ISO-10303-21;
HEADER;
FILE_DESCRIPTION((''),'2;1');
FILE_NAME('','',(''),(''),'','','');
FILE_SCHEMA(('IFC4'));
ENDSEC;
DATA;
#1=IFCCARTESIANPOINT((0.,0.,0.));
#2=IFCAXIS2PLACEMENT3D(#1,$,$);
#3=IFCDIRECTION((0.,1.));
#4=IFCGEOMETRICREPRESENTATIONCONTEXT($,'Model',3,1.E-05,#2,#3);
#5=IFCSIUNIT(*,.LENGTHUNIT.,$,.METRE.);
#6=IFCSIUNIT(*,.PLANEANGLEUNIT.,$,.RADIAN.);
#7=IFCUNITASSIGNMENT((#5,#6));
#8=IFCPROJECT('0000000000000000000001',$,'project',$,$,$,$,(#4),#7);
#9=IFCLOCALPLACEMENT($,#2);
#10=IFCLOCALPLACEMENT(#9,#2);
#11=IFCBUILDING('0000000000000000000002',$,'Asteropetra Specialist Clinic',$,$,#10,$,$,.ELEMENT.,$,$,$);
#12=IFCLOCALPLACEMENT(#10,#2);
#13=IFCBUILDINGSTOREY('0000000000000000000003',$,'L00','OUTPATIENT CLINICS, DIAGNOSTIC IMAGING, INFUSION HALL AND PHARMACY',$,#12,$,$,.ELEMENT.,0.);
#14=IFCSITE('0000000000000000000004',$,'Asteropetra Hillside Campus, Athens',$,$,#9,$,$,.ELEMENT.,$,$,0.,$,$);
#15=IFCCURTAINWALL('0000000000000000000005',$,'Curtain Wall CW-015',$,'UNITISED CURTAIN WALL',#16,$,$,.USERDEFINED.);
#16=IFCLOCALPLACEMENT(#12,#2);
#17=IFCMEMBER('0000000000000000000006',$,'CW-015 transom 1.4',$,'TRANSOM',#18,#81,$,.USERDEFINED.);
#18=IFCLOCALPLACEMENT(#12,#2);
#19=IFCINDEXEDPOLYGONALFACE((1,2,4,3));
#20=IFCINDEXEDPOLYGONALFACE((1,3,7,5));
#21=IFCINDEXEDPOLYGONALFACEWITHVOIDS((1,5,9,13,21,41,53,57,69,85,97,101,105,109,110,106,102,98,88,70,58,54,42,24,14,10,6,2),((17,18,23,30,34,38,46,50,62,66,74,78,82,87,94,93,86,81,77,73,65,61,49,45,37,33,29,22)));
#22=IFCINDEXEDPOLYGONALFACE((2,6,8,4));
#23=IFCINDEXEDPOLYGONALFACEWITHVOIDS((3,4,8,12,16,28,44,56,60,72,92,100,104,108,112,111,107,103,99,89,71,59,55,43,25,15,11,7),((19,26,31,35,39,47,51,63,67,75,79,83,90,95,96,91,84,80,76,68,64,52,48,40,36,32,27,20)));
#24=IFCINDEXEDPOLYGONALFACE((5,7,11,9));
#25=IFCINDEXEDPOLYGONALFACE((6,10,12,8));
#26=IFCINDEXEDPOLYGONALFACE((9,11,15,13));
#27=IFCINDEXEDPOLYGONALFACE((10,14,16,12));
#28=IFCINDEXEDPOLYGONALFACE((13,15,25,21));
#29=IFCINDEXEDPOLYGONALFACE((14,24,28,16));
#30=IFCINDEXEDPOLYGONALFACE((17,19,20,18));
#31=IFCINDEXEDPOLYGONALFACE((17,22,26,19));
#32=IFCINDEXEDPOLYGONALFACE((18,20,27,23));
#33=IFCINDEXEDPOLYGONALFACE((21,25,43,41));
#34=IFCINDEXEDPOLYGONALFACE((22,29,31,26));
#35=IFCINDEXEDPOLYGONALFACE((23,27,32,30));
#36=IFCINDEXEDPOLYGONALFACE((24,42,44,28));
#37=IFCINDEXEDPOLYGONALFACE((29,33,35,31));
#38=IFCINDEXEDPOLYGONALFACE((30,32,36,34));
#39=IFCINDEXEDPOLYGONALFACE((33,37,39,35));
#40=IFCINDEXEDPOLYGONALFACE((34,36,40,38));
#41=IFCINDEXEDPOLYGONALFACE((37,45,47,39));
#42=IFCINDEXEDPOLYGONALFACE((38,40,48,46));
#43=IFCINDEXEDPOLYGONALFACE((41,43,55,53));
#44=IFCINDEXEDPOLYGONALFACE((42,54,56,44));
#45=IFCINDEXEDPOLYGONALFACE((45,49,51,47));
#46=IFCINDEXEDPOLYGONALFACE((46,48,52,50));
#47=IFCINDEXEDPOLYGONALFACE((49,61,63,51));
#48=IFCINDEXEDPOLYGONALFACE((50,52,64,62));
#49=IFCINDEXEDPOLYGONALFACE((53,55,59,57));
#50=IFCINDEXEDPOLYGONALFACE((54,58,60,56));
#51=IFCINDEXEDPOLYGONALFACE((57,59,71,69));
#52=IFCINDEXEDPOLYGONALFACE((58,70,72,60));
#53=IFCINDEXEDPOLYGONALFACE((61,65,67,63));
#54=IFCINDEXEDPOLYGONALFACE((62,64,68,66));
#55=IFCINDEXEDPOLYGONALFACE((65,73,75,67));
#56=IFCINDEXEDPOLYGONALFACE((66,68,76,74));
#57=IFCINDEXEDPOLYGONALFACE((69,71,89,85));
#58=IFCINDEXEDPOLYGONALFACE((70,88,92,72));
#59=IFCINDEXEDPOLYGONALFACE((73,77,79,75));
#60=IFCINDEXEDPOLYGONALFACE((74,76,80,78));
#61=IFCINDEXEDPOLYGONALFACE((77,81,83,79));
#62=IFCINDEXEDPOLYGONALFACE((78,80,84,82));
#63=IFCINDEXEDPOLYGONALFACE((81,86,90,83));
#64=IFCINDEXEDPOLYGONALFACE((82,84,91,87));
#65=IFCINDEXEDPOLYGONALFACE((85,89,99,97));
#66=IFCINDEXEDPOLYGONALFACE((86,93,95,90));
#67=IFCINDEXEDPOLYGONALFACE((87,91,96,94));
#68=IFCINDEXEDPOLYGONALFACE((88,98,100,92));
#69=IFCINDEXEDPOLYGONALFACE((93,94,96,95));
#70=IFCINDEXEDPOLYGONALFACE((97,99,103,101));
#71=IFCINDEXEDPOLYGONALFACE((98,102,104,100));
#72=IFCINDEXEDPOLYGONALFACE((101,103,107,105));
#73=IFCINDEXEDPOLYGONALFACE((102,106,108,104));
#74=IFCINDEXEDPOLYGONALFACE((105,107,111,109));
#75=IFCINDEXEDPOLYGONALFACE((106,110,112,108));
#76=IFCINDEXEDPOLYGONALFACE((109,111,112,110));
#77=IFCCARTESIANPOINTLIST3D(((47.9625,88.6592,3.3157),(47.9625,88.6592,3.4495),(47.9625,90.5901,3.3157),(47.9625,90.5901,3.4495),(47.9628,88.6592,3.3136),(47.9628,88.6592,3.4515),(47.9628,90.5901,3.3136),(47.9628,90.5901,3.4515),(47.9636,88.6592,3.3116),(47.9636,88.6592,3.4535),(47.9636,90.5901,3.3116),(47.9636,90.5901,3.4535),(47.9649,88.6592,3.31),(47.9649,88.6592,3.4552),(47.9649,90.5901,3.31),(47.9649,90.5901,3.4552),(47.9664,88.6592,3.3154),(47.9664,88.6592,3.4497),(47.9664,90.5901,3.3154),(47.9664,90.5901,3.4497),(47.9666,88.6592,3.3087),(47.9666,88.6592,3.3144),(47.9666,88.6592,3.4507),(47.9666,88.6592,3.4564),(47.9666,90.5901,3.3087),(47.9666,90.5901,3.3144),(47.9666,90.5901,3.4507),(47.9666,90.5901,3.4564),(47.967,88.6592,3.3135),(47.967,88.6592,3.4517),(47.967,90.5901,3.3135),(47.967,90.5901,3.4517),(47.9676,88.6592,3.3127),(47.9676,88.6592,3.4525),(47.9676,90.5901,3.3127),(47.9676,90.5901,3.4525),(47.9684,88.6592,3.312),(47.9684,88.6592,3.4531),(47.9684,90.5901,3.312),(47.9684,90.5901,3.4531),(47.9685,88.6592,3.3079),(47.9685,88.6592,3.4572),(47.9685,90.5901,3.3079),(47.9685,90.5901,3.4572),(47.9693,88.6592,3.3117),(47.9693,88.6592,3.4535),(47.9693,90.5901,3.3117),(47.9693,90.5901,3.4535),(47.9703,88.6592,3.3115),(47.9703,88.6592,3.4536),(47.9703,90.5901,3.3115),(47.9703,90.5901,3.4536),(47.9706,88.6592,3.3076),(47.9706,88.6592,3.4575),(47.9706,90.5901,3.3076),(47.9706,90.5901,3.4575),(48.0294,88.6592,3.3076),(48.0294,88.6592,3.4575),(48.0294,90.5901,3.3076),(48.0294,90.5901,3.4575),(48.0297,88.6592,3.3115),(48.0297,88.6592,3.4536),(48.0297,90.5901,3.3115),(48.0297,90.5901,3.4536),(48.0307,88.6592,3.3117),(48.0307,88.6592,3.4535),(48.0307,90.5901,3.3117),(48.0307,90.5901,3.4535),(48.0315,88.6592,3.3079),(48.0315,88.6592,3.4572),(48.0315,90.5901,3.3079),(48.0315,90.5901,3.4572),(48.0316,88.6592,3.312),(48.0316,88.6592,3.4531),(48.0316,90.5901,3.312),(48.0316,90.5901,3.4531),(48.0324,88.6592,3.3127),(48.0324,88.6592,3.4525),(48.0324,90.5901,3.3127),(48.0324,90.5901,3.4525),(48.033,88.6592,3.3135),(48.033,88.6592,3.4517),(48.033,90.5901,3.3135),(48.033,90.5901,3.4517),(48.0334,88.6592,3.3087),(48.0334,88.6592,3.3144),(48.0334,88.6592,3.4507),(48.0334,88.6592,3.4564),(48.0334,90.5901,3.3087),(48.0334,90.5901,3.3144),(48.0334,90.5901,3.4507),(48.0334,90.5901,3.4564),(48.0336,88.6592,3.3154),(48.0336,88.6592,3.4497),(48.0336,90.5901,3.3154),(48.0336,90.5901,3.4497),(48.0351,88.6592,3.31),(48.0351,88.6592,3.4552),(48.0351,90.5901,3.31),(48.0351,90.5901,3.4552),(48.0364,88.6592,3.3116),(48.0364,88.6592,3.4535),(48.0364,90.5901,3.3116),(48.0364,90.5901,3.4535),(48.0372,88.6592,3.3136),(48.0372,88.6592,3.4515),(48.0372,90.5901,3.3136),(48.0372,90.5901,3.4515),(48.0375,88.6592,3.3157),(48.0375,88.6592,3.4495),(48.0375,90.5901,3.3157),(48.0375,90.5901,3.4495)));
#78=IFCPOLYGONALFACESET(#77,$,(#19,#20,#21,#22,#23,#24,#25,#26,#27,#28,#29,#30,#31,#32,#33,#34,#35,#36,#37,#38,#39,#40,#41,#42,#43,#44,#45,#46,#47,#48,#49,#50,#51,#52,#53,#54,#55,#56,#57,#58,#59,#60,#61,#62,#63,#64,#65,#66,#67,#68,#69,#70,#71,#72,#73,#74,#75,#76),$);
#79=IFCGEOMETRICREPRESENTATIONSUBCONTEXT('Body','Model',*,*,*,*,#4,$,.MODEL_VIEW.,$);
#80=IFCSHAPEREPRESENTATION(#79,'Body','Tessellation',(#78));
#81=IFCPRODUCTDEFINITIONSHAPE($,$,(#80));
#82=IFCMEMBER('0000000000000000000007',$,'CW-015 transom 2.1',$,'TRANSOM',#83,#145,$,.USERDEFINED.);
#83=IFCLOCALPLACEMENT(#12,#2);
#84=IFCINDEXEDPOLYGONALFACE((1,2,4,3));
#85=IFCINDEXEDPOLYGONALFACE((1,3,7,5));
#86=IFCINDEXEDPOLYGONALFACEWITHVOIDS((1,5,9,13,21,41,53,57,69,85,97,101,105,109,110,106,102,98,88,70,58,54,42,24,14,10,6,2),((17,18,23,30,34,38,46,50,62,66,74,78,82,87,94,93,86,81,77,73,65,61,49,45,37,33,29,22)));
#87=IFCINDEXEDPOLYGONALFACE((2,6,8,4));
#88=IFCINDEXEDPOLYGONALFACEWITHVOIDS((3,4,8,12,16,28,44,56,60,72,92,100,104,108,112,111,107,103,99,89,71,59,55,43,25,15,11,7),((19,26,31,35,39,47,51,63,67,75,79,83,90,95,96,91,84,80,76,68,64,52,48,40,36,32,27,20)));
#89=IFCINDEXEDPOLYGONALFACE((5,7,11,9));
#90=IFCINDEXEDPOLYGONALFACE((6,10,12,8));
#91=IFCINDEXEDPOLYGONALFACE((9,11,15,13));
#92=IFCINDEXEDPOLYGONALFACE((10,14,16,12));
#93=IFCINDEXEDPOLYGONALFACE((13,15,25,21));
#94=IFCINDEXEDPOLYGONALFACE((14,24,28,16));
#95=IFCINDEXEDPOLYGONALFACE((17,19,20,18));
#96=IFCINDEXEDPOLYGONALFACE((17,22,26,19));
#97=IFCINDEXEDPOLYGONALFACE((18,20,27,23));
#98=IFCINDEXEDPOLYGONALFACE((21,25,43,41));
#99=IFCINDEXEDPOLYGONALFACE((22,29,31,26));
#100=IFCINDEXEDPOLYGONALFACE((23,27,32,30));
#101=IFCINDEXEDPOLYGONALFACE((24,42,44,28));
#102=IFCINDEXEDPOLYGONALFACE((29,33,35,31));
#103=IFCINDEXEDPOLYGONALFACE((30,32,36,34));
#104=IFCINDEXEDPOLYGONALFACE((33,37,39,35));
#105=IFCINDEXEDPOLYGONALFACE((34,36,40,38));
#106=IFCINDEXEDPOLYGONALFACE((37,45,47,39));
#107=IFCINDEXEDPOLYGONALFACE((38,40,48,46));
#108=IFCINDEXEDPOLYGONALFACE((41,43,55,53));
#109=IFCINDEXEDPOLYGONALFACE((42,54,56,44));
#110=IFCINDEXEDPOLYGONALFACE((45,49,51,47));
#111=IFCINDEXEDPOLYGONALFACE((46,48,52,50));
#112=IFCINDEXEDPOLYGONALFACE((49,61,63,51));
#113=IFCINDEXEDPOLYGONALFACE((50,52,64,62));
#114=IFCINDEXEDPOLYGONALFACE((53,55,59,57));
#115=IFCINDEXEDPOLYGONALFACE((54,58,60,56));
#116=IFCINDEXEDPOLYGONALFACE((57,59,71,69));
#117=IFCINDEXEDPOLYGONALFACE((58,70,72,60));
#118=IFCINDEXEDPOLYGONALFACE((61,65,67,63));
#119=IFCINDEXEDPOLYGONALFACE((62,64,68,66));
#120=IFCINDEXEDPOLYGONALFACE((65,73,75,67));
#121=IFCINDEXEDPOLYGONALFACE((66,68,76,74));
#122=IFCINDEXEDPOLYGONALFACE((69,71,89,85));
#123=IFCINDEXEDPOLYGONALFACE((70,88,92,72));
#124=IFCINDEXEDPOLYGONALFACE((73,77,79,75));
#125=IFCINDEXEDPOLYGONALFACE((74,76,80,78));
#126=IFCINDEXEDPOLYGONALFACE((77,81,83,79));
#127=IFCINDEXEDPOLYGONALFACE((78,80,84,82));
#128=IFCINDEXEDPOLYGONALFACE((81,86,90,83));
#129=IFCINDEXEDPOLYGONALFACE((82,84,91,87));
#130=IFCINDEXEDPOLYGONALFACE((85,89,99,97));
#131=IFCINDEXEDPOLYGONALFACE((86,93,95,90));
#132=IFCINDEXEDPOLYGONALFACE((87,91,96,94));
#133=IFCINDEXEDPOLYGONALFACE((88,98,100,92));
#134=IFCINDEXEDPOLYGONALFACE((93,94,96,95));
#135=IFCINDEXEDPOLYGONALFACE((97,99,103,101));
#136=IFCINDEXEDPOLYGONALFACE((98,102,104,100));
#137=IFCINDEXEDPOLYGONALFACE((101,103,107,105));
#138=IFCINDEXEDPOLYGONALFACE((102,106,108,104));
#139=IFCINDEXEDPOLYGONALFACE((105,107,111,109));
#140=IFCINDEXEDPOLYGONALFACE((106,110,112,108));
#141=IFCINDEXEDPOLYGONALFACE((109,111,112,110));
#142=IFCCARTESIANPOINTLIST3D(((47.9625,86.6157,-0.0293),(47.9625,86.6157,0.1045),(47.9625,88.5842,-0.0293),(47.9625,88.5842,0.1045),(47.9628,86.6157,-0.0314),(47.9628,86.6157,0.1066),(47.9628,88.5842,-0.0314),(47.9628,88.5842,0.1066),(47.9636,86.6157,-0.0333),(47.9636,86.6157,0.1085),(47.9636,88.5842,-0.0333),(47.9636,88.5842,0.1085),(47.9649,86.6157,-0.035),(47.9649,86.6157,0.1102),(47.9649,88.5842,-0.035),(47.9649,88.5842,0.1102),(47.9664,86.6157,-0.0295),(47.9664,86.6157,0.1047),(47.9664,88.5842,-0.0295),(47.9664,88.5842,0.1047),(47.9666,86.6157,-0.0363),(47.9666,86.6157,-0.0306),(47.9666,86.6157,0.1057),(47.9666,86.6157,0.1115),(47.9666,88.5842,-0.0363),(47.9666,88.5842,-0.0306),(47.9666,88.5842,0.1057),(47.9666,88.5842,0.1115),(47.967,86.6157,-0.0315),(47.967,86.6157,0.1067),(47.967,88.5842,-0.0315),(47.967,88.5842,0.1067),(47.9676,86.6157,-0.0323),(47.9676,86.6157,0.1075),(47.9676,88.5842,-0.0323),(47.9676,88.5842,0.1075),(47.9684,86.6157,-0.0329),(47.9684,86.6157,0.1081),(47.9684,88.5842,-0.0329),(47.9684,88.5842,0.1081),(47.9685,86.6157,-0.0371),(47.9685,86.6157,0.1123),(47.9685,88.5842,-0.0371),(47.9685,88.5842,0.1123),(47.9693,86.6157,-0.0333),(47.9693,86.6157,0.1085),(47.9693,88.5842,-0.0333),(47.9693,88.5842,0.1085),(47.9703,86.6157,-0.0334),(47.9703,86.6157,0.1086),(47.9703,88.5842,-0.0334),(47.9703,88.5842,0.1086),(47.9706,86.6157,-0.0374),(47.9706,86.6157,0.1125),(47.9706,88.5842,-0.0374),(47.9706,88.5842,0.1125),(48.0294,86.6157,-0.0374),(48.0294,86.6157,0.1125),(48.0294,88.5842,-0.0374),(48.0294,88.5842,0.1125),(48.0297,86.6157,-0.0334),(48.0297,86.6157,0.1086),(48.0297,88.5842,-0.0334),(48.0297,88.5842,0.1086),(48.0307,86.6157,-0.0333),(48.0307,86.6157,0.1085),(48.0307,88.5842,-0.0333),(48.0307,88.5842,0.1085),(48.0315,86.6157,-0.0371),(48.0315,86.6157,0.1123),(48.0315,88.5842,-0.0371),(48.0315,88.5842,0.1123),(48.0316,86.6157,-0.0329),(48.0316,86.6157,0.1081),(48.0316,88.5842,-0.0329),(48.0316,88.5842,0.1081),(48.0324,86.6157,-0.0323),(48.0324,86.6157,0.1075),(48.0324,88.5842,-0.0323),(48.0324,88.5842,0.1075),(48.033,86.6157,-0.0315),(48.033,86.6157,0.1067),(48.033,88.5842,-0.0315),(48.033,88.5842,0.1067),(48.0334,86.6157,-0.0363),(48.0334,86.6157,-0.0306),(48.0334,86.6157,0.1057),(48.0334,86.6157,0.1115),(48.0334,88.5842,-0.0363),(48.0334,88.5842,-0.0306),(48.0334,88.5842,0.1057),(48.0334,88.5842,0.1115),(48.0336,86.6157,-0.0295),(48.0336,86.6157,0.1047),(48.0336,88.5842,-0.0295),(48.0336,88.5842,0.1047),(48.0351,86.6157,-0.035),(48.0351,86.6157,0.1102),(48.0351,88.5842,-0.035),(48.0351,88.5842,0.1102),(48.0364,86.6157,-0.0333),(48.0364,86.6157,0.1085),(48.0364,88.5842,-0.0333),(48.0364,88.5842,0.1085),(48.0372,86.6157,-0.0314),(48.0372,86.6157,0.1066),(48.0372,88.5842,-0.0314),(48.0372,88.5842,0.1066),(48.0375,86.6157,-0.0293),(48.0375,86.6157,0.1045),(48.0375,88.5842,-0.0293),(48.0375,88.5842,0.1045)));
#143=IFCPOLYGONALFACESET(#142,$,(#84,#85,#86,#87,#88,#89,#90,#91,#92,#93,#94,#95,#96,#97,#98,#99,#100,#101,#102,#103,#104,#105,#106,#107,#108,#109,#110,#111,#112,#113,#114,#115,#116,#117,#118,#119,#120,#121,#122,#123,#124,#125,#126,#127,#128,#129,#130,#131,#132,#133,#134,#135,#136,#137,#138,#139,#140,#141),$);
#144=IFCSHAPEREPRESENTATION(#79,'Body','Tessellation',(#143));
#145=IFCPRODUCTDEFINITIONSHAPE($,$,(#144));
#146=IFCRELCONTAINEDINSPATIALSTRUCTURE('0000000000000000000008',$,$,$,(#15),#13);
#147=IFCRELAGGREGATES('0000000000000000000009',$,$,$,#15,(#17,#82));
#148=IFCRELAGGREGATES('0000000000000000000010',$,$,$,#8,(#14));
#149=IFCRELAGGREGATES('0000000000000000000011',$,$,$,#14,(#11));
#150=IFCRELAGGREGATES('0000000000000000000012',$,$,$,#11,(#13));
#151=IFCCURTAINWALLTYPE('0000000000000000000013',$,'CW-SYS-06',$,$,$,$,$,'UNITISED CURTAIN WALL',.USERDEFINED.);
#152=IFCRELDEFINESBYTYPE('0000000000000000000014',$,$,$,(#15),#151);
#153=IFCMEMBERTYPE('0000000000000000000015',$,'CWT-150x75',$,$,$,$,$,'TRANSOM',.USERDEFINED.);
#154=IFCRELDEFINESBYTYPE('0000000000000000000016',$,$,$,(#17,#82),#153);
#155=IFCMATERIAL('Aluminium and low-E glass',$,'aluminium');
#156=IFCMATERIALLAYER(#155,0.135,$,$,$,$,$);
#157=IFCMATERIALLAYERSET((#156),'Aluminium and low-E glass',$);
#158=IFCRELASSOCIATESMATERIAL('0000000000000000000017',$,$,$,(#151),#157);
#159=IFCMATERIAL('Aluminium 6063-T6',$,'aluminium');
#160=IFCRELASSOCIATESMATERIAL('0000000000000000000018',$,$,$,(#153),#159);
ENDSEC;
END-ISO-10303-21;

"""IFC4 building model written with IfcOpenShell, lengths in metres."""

from ifc_helpers import new_model, si_unit, direction, frame, origin, origin_2d, place, context, subcontext, project, spatial, hollow_rectangle, extrude, material, layer, layer_set, material_profile, profile_set, type_object, element, aggregate, save


model = new_model("IFC4")

# Units and contexts
model_context = context("Model", 3, precision=1e-05, world=origin(), true_north=direction((0.0, 1.0)))
body_context = subcontext(model_context, "Body", "Model", "MODEL_VIEW")
ifc_project = project(units=[si_unit("LENGTHUNIT", "METRE"), si_unit("PLANEANGLEUNIT", "RADIAN")], contexts=[model_context])

# Site, building, storey
site_placement = place(None, origin())
site = spatial("IfcSite", under=ifc_project, at=site_placement, Name="Asteropetra Hillside Campus, Athens", CompositionType="ELEMENT", RefElevation=0.0)
building_placement = place(site_placement, origin())
building = spatial("IfcBuilding", under=site, at=building_placement, Name="Asteropetra Specialist Clinic", CompositionType="ELEMENT")
storey_placement = place(building_placement, origin())
storey = spatial("IfcBuildingStorey", under=building, at=storey_placement, Name="L00", Description="OUTPATIENT CLINICS, DIAGNOSTIC IMAGING, INFUSION HALL AND PHARMACY", CompositionType="ELEMENT", Elevation=0.0)

# Curtain wall, members
ifc_material_1 = material(Name="Aluminium and low-E glass", Category="aluminium")
ifc_layer_1 = layer(ifc_material_1, 0.135)
ifc_layer_set_1 = layer_set([ifc_layer_1], Name="Aluminium and low-E glass")
curtain_wall_type_1 = type_object("IfcCurtainWallType", Name="CW-SYS-06", ElementType="UNITISED CURTAIN WALL", PredefinedType="USERDEFINED", material=ifc_layer_set_1)
curtain_wall_1_placement = place(storey_placement, origin())
curtain_wall_1 = element("IfcCurtainWall", 1, at=curtain_wall_1_placement, inside=storey, type_object=curtain_wall_type_1, Name="Curtain Wall CW-015", ObjectType="UNITISED CURTAIN WALL", PredefinedType="USERDEFINED")
ifc_material_2 = material(Name="Aluminium 6063-T6", Category="aluminium")
ifc_material_profile_1 = material_profile(ifc_material_2, hollow_rectangle(XDim=0.075, YDim=0.1499, WallThickness=0.0039, InnerFilletRadius=0.0039, OuterFilletRadius=0.0081, at=origin_2d()), Name="TRN 150x75x4.0")
ifc_profile_set_1 = profile_set([ifc_material_profile_1], Name="Aluminium 6063-T6")
member_type_1 = type_object("IfcMemberType", Name="CWT-150x75", ElementType="TRANSOM", PredefinedType="USERDEFINED", material=ifc_profile_set_1)
member_1_placement = place(storey_placement, frame((48.0, 90.5901, 3.3826), z_axis=(0.0, -1.0, 0.0), x_axis=(1.0, 0.0, 0.0)))
member_1 = element("IfcMember", 2, at=member_1_placement, type_object=member_type_1, Name="CW-015 transom 1.4", ObjectType="TRANSOM", PredefinedType="USERDEFINED", context=body_context, shape_type="SweptSolid", body=[
    extrude(hollow_rectangle(XDim=0.075, YDim=0.1499, WallThickness=0.0039, InnerFilletRadius=0.0039, OuterFilletRadius=0.0081, at=origin_2d()), origin(), (0.0, 0.0, 1.0), 1.9309),
])
member_2_placement = place(storey_placement, frame((48.0, 88.5842, 0.0376), z_axis=(0.0, -1.0, 0.0), x_axis=(1.0, 0.0, 0.0)))
member_2 = element("IfcMember", 3, at=member_2_placement, type_object=member_type_1, Name="CW-015 transom 2.1", ObjectType="TRANSOM", PredefinedType="USERDEFINED", context=body_context, shape_type="SweptSolid", body=[
    extrude(hollow_rectangle(XDim=0.075, YDim=0.1499, WallThickness=0.0039, InnerFilletRadius=0.0039, OuterFilletRadius=0.0081, at=origin_2d()), origin(), (0.0, 0.0, 1.0), 1.9685),
])
aggregate(curtain_wall_1, [member_1, member_2])

save(model, "model.ifc")
